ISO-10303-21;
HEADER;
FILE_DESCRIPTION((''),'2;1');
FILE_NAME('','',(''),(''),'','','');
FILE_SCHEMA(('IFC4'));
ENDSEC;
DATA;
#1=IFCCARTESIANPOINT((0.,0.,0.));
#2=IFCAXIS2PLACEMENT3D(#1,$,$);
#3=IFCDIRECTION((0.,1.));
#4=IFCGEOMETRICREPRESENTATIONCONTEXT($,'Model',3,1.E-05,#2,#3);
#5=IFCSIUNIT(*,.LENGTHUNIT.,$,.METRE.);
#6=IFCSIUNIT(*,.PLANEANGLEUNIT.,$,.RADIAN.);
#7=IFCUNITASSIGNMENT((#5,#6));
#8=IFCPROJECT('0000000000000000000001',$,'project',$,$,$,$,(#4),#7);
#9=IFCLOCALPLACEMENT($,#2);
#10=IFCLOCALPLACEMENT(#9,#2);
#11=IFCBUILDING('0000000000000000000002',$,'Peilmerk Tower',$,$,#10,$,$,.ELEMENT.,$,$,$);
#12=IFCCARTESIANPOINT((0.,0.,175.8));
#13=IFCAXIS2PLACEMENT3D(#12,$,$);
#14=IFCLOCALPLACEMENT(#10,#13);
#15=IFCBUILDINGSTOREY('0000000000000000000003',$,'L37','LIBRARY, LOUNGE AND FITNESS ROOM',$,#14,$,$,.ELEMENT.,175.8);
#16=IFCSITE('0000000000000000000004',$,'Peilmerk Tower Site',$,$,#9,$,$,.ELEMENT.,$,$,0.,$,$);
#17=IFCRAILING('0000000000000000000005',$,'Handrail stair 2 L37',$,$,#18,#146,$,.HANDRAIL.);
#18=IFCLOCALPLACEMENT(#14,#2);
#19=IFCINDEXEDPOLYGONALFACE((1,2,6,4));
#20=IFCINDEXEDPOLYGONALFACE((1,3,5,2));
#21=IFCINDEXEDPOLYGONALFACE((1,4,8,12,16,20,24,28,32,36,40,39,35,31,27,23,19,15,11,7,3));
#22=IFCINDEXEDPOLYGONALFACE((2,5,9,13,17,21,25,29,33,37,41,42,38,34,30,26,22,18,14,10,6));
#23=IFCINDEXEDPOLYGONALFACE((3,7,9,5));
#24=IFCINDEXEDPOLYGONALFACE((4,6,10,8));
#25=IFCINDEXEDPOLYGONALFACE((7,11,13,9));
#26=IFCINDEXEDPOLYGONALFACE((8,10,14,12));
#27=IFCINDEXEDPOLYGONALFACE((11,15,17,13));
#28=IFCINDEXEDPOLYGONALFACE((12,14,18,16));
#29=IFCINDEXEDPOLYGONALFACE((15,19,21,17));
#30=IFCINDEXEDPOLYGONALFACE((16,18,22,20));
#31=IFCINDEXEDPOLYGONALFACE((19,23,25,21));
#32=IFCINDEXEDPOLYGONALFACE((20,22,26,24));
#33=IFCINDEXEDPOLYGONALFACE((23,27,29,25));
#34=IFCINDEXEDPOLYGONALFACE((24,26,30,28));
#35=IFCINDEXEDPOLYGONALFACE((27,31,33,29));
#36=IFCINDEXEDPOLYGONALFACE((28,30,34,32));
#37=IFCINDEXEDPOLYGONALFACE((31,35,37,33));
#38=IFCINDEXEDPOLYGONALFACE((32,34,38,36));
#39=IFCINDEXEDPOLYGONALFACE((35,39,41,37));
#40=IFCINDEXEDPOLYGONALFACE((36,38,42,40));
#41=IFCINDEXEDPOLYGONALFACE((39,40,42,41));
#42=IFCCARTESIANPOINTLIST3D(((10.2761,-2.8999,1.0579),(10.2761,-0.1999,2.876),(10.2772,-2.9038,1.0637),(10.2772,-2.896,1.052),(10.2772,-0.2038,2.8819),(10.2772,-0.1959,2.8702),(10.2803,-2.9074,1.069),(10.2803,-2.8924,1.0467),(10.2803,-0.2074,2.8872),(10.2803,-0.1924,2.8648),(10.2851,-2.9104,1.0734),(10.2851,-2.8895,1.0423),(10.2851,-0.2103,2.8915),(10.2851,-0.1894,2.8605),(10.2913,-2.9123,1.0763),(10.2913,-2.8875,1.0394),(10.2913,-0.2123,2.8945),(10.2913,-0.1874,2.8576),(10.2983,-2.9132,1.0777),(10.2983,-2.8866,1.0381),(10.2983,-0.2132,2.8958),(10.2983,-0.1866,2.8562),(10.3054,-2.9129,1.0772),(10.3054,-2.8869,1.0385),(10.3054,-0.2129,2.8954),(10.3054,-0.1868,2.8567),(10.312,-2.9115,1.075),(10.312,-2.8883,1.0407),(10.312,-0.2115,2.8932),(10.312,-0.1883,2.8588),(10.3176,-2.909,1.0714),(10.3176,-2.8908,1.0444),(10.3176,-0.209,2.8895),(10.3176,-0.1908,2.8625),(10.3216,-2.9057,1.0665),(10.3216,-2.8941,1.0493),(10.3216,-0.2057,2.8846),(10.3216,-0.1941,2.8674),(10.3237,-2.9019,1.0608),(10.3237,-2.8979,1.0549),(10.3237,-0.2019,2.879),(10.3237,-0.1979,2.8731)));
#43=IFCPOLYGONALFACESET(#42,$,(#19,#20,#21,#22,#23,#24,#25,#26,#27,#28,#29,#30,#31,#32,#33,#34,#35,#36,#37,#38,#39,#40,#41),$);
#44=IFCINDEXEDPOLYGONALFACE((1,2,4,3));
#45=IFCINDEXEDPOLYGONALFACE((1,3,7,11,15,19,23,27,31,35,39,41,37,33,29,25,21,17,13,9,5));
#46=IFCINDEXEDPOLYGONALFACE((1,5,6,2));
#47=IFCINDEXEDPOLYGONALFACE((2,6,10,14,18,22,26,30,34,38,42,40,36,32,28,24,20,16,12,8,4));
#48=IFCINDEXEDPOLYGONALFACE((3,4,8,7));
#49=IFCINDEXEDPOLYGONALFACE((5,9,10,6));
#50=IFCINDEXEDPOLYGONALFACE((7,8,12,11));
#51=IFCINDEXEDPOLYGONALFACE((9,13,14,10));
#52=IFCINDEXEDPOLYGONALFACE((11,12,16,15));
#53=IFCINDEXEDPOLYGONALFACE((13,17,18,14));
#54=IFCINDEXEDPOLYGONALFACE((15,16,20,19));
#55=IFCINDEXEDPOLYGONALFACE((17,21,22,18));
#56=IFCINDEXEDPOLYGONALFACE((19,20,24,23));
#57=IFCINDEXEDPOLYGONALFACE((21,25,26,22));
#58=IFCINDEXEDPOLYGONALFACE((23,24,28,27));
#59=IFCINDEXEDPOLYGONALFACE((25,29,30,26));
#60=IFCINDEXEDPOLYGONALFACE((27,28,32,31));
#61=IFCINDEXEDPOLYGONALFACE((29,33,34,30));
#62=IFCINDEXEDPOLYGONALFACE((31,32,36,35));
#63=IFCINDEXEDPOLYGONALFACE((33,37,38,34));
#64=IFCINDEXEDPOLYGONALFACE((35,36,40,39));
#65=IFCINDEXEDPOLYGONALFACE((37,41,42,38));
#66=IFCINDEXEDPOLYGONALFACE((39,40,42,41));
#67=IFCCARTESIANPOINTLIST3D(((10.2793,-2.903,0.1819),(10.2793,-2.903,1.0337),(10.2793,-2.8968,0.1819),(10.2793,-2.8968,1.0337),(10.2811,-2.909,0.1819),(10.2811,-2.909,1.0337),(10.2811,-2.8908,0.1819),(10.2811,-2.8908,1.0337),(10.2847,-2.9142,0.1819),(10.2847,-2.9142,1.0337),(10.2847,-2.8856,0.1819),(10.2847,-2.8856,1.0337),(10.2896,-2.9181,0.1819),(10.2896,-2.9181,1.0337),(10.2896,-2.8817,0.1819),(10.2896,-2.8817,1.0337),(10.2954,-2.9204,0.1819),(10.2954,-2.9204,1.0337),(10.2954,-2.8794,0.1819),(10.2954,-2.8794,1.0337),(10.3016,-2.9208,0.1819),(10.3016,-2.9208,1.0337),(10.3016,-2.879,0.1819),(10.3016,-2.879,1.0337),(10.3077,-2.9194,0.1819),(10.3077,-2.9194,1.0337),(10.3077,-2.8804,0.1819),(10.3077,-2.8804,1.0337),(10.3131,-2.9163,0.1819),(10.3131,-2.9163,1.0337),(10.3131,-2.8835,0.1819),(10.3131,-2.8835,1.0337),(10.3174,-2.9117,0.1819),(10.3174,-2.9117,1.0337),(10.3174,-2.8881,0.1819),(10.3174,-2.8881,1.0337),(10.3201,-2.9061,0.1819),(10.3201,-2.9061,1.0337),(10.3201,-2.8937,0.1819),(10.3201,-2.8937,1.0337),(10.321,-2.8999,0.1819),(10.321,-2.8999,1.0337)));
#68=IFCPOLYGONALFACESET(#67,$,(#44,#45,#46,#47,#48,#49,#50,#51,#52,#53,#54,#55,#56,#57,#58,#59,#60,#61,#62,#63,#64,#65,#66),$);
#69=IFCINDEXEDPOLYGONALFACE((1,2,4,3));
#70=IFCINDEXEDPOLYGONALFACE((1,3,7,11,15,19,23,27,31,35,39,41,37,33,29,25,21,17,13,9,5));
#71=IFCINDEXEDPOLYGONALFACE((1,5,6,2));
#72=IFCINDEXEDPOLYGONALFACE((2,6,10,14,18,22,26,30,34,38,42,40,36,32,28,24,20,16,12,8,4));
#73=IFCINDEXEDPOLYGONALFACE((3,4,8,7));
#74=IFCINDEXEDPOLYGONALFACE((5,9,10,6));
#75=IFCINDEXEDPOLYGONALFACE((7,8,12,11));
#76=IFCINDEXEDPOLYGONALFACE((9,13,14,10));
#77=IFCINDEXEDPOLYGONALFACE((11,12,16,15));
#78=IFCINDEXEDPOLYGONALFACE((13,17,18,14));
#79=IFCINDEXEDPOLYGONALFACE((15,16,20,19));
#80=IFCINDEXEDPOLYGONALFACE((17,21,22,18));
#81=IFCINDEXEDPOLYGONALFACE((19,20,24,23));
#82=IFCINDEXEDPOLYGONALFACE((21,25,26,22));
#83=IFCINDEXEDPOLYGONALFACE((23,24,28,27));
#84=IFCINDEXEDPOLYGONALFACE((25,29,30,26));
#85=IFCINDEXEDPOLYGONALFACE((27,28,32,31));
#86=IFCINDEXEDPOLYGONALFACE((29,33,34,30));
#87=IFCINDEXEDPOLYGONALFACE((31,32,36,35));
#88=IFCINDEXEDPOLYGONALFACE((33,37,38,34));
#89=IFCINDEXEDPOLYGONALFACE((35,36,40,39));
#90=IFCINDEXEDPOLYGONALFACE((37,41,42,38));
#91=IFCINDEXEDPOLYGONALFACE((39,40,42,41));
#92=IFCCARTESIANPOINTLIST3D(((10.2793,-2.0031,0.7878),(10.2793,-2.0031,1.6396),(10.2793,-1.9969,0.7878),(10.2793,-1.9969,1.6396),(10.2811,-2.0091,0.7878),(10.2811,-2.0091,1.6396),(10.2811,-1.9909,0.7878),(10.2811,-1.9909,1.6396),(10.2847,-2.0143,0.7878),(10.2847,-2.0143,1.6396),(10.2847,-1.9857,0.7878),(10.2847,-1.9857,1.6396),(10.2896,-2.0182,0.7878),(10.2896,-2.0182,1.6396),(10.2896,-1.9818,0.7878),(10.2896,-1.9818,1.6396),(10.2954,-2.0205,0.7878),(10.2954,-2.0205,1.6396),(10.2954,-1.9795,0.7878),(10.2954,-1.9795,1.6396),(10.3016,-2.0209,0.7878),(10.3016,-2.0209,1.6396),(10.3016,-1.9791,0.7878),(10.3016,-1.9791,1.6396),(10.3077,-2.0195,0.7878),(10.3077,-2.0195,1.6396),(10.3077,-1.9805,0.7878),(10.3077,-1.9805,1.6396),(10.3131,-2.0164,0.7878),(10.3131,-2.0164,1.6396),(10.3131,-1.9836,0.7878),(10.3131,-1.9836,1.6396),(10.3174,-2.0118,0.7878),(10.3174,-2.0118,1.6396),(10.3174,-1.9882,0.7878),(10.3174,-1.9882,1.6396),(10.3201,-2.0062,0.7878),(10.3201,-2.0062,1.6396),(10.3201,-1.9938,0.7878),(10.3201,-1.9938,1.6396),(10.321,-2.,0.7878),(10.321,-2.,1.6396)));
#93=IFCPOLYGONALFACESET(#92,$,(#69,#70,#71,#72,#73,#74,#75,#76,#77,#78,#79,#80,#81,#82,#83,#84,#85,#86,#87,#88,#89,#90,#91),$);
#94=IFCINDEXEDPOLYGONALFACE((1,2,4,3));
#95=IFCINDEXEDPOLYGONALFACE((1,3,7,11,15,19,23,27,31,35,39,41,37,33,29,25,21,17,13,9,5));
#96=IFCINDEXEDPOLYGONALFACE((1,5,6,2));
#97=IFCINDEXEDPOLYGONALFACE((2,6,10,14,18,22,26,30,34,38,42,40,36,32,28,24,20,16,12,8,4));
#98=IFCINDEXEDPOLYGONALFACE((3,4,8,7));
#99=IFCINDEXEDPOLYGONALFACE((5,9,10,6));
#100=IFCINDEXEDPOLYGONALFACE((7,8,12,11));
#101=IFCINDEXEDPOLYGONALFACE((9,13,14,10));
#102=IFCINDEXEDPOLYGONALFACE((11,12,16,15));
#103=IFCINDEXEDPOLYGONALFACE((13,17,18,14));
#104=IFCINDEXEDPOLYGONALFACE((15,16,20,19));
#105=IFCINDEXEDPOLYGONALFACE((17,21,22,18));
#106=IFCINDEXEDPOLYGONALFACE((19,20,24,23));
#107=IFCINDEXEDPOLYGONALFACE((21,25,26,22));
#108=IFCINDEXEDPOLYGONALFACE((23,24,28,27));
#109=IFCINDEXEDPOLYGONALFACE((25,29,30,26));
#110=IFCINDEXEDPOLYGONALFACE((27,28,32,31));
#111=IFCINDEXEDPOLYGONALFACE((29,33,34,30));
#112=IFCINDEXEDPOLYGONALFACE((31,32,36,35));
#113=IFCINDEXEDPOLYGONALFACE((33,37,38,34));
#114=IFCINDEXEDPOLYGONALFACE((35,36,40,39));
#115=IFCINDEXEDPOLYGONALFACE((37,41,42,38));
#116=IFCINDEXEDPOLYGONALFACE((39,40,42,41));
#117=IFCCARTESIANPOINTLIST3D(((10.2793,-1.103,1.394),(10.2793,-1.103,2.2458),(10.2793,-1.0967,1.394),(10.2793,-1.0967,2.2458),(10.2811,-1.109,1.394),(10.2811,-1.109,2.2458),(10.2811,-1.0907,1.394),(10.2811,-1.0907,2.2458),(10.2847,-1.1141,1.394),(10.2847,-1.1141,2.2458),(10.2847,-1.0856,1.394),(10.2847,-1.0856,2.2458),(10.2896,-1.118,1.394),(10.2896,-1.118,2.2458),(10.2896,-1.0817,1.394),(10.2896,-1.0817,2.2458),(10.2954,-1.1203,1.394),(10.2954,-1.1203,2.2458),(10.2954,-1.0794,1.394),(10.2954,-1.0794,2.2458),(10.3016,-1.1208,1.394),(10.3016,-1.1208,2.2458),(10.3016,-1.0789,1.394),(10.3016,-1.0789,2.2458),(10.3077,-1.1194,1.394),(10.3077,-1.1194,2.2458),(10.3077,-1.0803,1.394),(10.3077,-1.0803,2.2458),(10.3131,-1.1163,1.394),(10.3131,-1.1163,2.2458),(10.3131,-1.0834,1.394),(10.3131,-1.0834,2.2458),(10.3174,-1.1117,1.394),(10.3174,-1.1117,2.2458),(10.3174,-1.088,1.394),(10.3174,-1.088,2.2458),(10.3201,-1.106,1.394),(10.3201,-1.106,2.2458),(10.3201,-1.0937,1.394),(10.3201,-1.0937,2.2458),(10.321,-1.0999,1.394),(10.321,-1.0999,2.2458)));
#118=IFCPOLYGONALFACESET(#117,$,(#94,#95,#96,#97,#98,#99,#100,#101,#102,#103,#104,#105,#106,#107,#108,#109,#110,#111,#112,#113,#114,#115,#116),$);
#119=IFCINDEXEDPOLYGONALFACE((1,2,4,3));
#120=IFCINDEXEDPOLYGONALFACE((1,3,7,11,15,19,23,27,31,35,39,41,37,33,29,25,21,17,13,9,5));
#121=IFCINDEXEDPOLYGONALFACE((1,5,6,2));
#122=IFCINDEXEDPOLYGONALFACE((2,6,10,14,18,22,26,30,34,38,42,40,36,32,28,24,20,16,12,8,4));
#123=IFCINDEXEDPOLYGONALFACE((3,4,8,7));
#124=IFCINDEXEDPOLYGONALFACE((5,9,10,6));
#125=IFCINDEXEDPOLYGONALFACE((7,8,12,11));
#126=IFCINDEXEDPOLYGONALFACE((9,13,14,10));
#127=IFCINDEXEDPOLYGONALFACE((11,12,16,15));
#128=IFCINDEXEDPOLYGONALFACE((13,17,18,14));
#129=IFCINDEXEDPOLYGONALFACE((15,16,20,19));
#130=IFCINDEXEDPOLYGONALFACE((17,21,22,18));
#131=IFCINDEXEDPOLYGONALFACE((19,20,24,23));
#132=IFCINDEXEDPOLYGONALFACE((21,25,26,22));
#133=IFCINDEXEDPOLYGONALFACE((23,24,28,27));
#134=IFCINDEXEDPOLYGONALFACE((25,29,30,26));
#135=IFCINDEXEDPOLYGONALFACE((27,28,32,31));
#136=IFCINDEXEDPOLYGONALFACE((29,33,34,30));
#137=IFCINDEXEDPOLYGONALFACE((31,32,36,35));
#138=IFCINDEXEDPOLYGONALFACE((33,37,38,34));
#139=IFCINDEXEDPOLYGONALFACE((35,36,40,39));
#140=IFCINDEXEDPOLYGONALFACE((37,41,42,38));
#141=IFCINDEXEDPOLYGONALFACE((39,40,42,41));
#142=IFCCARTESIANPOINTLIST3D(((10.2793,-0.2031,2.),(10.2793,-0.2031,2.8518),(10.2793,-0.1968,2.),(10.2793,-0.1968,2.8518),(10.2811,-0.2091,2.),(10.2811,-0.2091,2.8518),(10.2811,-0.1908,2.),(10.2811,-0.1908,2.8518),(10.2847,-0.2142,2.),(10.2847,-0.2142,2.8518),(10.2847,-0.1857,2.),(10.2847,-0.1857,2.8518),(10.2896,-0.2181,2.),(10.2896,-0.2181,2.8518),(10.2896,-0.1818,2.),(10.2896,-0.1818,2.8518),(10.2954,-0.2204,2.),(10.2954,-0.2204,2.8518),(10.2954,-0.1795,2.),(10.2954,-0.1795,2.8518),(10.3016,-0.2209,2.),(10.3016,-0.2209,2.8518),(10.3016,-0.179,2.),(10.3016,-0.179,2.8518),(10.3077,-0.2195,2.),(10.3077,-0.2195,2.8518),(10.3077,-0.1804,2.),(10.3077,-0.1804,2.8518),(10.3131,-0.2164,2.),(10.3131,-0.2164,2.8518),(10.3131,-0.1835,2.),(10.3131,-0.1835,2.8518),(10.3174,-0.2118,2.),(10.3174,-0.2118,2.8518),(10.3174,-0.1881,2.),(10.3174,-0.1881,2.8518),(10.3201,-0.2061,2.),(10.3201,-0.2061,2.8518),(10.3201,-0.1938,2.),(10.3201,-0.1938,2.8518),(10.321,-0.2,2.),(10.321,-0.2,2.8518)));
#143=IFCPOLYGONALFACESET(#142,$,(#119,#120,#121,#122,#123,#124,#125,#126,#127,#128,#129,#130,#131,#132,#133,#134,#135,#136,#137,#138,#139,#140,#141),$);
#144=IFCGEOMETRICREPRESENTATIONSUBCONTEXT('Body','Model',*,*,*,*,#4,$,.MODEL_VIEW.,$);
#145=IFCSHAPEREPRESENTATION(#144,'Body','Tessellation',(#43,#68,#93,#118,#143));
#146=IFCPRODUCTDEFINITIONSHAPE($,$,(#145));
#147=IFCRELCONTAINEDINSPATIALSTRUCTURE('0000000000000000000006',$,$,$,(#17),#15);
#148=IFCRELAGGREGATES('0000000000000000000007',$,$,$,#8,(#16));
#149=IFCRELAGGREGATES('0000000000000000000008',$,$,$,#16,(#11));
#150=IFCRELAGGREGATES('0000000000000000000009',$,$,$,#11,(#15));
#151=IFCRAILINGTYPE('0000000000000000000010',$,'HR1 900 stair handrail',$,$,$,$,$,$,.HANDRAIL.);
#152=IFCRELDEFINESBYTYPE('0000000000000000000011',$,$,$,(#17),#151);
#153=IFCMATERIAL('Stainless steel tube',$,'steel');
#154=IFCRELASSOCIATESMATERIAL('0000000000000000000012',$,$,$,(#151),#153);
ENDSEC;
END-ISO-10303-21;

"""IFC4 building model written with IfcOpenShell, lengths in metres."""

from ifc_helpers import new_model, si_unit, direction, frame, origin, origin_2d, place, context, subcontext, project, spatial, circle, extrude, material, type_object, element, save


model = new_model("IFC4")

# Units and contexts
model_context = context("Model", 3, precision=1e-05, world=origin(), true_north=direction((0.0, 1.0)))
body_context = subcontext(model_context, "Body", "Model", "MODEL_VIEW")
ifc_project = project(units=[si_unit("LENGTHUNIT", "METRE"), si_unit("PLANEANGLEUNIT", "RADIAN")], contexts=[model_context])

# Site, building, storey
site_placement = place(None, origin())
site = spatial("IfcSite", under=ifc_project, at=site_placement, Name="Peilmerk Tower Site", CompositionType="ELEMENT", RefElevation=0.0)
building_placement = place(site_placement, origin())
building = spatial("IfcBuilding", under=site, at=building_placement, Name="Peilmerk Tower", CompositionType="ELEMENT")
storey_placement = place(building_placement, frame((0.0, 0.0, 175.8)))
storey = spatial("IfcBuildingStorey", under=building, at=storey_placement, Name="L37", Description="LIBRARY, LOUNGE AND FITNESS ROOM", CompositionType="ELEMENT", Elevation=175.8)

# Railing
ifc_material_1 = material(Name="Stainless steel tube", Category="steel")
railing_type_1 = type_object("IfcRailingType", Name="HR1 900 stair handrail", PredefinedType="HANDRAIL", material=ifc_material_1)
railing_1_placement = place(storey_placement, frame((10.3, -2.8999, 0.1819)))
element("IfcRailing", 1, at=railing_1_placement, inside=storey, type_object=railing_type_1, Name="Handrail stair 2 L37", PredefinedType="HANDRAIL", context=body_context, shape_type="SweptSolid", body=[
    extrude(circle(Radius=0.0239, at=origin_2d()), frame((0.0, 0.0, 0.876), z_axis=(0.0, 0.829468, 0.558554), x_axis=(-1.0, 0.0, 0.0)), (0.0, 0.0, 1.0), 3.2551),
    extrude(circle(Radius=0.021, at=origin_2d()), origin(), (0.0, 0.0, 1.0), 0.8518),
    extrude(circle(Radius=0.021, at=origin_2d()), frame((0.0, 0.8999, 0.606)), (0.0, 0.0, 1.0), 0.8518),
    extrude(circle(Radius=0.021, at=origin_2d()), frame((0.0, 1.8, 1.2122)), (0.0, 0.0, 1.0), 0.8518),
    extrude(circle(Radius=0.021, at=origin_2d()), frame((0.0, 2.7, 1.8181)), (0.0, 0.0, 1.0), 0.8518),
])

save(model, "model.ifc")
